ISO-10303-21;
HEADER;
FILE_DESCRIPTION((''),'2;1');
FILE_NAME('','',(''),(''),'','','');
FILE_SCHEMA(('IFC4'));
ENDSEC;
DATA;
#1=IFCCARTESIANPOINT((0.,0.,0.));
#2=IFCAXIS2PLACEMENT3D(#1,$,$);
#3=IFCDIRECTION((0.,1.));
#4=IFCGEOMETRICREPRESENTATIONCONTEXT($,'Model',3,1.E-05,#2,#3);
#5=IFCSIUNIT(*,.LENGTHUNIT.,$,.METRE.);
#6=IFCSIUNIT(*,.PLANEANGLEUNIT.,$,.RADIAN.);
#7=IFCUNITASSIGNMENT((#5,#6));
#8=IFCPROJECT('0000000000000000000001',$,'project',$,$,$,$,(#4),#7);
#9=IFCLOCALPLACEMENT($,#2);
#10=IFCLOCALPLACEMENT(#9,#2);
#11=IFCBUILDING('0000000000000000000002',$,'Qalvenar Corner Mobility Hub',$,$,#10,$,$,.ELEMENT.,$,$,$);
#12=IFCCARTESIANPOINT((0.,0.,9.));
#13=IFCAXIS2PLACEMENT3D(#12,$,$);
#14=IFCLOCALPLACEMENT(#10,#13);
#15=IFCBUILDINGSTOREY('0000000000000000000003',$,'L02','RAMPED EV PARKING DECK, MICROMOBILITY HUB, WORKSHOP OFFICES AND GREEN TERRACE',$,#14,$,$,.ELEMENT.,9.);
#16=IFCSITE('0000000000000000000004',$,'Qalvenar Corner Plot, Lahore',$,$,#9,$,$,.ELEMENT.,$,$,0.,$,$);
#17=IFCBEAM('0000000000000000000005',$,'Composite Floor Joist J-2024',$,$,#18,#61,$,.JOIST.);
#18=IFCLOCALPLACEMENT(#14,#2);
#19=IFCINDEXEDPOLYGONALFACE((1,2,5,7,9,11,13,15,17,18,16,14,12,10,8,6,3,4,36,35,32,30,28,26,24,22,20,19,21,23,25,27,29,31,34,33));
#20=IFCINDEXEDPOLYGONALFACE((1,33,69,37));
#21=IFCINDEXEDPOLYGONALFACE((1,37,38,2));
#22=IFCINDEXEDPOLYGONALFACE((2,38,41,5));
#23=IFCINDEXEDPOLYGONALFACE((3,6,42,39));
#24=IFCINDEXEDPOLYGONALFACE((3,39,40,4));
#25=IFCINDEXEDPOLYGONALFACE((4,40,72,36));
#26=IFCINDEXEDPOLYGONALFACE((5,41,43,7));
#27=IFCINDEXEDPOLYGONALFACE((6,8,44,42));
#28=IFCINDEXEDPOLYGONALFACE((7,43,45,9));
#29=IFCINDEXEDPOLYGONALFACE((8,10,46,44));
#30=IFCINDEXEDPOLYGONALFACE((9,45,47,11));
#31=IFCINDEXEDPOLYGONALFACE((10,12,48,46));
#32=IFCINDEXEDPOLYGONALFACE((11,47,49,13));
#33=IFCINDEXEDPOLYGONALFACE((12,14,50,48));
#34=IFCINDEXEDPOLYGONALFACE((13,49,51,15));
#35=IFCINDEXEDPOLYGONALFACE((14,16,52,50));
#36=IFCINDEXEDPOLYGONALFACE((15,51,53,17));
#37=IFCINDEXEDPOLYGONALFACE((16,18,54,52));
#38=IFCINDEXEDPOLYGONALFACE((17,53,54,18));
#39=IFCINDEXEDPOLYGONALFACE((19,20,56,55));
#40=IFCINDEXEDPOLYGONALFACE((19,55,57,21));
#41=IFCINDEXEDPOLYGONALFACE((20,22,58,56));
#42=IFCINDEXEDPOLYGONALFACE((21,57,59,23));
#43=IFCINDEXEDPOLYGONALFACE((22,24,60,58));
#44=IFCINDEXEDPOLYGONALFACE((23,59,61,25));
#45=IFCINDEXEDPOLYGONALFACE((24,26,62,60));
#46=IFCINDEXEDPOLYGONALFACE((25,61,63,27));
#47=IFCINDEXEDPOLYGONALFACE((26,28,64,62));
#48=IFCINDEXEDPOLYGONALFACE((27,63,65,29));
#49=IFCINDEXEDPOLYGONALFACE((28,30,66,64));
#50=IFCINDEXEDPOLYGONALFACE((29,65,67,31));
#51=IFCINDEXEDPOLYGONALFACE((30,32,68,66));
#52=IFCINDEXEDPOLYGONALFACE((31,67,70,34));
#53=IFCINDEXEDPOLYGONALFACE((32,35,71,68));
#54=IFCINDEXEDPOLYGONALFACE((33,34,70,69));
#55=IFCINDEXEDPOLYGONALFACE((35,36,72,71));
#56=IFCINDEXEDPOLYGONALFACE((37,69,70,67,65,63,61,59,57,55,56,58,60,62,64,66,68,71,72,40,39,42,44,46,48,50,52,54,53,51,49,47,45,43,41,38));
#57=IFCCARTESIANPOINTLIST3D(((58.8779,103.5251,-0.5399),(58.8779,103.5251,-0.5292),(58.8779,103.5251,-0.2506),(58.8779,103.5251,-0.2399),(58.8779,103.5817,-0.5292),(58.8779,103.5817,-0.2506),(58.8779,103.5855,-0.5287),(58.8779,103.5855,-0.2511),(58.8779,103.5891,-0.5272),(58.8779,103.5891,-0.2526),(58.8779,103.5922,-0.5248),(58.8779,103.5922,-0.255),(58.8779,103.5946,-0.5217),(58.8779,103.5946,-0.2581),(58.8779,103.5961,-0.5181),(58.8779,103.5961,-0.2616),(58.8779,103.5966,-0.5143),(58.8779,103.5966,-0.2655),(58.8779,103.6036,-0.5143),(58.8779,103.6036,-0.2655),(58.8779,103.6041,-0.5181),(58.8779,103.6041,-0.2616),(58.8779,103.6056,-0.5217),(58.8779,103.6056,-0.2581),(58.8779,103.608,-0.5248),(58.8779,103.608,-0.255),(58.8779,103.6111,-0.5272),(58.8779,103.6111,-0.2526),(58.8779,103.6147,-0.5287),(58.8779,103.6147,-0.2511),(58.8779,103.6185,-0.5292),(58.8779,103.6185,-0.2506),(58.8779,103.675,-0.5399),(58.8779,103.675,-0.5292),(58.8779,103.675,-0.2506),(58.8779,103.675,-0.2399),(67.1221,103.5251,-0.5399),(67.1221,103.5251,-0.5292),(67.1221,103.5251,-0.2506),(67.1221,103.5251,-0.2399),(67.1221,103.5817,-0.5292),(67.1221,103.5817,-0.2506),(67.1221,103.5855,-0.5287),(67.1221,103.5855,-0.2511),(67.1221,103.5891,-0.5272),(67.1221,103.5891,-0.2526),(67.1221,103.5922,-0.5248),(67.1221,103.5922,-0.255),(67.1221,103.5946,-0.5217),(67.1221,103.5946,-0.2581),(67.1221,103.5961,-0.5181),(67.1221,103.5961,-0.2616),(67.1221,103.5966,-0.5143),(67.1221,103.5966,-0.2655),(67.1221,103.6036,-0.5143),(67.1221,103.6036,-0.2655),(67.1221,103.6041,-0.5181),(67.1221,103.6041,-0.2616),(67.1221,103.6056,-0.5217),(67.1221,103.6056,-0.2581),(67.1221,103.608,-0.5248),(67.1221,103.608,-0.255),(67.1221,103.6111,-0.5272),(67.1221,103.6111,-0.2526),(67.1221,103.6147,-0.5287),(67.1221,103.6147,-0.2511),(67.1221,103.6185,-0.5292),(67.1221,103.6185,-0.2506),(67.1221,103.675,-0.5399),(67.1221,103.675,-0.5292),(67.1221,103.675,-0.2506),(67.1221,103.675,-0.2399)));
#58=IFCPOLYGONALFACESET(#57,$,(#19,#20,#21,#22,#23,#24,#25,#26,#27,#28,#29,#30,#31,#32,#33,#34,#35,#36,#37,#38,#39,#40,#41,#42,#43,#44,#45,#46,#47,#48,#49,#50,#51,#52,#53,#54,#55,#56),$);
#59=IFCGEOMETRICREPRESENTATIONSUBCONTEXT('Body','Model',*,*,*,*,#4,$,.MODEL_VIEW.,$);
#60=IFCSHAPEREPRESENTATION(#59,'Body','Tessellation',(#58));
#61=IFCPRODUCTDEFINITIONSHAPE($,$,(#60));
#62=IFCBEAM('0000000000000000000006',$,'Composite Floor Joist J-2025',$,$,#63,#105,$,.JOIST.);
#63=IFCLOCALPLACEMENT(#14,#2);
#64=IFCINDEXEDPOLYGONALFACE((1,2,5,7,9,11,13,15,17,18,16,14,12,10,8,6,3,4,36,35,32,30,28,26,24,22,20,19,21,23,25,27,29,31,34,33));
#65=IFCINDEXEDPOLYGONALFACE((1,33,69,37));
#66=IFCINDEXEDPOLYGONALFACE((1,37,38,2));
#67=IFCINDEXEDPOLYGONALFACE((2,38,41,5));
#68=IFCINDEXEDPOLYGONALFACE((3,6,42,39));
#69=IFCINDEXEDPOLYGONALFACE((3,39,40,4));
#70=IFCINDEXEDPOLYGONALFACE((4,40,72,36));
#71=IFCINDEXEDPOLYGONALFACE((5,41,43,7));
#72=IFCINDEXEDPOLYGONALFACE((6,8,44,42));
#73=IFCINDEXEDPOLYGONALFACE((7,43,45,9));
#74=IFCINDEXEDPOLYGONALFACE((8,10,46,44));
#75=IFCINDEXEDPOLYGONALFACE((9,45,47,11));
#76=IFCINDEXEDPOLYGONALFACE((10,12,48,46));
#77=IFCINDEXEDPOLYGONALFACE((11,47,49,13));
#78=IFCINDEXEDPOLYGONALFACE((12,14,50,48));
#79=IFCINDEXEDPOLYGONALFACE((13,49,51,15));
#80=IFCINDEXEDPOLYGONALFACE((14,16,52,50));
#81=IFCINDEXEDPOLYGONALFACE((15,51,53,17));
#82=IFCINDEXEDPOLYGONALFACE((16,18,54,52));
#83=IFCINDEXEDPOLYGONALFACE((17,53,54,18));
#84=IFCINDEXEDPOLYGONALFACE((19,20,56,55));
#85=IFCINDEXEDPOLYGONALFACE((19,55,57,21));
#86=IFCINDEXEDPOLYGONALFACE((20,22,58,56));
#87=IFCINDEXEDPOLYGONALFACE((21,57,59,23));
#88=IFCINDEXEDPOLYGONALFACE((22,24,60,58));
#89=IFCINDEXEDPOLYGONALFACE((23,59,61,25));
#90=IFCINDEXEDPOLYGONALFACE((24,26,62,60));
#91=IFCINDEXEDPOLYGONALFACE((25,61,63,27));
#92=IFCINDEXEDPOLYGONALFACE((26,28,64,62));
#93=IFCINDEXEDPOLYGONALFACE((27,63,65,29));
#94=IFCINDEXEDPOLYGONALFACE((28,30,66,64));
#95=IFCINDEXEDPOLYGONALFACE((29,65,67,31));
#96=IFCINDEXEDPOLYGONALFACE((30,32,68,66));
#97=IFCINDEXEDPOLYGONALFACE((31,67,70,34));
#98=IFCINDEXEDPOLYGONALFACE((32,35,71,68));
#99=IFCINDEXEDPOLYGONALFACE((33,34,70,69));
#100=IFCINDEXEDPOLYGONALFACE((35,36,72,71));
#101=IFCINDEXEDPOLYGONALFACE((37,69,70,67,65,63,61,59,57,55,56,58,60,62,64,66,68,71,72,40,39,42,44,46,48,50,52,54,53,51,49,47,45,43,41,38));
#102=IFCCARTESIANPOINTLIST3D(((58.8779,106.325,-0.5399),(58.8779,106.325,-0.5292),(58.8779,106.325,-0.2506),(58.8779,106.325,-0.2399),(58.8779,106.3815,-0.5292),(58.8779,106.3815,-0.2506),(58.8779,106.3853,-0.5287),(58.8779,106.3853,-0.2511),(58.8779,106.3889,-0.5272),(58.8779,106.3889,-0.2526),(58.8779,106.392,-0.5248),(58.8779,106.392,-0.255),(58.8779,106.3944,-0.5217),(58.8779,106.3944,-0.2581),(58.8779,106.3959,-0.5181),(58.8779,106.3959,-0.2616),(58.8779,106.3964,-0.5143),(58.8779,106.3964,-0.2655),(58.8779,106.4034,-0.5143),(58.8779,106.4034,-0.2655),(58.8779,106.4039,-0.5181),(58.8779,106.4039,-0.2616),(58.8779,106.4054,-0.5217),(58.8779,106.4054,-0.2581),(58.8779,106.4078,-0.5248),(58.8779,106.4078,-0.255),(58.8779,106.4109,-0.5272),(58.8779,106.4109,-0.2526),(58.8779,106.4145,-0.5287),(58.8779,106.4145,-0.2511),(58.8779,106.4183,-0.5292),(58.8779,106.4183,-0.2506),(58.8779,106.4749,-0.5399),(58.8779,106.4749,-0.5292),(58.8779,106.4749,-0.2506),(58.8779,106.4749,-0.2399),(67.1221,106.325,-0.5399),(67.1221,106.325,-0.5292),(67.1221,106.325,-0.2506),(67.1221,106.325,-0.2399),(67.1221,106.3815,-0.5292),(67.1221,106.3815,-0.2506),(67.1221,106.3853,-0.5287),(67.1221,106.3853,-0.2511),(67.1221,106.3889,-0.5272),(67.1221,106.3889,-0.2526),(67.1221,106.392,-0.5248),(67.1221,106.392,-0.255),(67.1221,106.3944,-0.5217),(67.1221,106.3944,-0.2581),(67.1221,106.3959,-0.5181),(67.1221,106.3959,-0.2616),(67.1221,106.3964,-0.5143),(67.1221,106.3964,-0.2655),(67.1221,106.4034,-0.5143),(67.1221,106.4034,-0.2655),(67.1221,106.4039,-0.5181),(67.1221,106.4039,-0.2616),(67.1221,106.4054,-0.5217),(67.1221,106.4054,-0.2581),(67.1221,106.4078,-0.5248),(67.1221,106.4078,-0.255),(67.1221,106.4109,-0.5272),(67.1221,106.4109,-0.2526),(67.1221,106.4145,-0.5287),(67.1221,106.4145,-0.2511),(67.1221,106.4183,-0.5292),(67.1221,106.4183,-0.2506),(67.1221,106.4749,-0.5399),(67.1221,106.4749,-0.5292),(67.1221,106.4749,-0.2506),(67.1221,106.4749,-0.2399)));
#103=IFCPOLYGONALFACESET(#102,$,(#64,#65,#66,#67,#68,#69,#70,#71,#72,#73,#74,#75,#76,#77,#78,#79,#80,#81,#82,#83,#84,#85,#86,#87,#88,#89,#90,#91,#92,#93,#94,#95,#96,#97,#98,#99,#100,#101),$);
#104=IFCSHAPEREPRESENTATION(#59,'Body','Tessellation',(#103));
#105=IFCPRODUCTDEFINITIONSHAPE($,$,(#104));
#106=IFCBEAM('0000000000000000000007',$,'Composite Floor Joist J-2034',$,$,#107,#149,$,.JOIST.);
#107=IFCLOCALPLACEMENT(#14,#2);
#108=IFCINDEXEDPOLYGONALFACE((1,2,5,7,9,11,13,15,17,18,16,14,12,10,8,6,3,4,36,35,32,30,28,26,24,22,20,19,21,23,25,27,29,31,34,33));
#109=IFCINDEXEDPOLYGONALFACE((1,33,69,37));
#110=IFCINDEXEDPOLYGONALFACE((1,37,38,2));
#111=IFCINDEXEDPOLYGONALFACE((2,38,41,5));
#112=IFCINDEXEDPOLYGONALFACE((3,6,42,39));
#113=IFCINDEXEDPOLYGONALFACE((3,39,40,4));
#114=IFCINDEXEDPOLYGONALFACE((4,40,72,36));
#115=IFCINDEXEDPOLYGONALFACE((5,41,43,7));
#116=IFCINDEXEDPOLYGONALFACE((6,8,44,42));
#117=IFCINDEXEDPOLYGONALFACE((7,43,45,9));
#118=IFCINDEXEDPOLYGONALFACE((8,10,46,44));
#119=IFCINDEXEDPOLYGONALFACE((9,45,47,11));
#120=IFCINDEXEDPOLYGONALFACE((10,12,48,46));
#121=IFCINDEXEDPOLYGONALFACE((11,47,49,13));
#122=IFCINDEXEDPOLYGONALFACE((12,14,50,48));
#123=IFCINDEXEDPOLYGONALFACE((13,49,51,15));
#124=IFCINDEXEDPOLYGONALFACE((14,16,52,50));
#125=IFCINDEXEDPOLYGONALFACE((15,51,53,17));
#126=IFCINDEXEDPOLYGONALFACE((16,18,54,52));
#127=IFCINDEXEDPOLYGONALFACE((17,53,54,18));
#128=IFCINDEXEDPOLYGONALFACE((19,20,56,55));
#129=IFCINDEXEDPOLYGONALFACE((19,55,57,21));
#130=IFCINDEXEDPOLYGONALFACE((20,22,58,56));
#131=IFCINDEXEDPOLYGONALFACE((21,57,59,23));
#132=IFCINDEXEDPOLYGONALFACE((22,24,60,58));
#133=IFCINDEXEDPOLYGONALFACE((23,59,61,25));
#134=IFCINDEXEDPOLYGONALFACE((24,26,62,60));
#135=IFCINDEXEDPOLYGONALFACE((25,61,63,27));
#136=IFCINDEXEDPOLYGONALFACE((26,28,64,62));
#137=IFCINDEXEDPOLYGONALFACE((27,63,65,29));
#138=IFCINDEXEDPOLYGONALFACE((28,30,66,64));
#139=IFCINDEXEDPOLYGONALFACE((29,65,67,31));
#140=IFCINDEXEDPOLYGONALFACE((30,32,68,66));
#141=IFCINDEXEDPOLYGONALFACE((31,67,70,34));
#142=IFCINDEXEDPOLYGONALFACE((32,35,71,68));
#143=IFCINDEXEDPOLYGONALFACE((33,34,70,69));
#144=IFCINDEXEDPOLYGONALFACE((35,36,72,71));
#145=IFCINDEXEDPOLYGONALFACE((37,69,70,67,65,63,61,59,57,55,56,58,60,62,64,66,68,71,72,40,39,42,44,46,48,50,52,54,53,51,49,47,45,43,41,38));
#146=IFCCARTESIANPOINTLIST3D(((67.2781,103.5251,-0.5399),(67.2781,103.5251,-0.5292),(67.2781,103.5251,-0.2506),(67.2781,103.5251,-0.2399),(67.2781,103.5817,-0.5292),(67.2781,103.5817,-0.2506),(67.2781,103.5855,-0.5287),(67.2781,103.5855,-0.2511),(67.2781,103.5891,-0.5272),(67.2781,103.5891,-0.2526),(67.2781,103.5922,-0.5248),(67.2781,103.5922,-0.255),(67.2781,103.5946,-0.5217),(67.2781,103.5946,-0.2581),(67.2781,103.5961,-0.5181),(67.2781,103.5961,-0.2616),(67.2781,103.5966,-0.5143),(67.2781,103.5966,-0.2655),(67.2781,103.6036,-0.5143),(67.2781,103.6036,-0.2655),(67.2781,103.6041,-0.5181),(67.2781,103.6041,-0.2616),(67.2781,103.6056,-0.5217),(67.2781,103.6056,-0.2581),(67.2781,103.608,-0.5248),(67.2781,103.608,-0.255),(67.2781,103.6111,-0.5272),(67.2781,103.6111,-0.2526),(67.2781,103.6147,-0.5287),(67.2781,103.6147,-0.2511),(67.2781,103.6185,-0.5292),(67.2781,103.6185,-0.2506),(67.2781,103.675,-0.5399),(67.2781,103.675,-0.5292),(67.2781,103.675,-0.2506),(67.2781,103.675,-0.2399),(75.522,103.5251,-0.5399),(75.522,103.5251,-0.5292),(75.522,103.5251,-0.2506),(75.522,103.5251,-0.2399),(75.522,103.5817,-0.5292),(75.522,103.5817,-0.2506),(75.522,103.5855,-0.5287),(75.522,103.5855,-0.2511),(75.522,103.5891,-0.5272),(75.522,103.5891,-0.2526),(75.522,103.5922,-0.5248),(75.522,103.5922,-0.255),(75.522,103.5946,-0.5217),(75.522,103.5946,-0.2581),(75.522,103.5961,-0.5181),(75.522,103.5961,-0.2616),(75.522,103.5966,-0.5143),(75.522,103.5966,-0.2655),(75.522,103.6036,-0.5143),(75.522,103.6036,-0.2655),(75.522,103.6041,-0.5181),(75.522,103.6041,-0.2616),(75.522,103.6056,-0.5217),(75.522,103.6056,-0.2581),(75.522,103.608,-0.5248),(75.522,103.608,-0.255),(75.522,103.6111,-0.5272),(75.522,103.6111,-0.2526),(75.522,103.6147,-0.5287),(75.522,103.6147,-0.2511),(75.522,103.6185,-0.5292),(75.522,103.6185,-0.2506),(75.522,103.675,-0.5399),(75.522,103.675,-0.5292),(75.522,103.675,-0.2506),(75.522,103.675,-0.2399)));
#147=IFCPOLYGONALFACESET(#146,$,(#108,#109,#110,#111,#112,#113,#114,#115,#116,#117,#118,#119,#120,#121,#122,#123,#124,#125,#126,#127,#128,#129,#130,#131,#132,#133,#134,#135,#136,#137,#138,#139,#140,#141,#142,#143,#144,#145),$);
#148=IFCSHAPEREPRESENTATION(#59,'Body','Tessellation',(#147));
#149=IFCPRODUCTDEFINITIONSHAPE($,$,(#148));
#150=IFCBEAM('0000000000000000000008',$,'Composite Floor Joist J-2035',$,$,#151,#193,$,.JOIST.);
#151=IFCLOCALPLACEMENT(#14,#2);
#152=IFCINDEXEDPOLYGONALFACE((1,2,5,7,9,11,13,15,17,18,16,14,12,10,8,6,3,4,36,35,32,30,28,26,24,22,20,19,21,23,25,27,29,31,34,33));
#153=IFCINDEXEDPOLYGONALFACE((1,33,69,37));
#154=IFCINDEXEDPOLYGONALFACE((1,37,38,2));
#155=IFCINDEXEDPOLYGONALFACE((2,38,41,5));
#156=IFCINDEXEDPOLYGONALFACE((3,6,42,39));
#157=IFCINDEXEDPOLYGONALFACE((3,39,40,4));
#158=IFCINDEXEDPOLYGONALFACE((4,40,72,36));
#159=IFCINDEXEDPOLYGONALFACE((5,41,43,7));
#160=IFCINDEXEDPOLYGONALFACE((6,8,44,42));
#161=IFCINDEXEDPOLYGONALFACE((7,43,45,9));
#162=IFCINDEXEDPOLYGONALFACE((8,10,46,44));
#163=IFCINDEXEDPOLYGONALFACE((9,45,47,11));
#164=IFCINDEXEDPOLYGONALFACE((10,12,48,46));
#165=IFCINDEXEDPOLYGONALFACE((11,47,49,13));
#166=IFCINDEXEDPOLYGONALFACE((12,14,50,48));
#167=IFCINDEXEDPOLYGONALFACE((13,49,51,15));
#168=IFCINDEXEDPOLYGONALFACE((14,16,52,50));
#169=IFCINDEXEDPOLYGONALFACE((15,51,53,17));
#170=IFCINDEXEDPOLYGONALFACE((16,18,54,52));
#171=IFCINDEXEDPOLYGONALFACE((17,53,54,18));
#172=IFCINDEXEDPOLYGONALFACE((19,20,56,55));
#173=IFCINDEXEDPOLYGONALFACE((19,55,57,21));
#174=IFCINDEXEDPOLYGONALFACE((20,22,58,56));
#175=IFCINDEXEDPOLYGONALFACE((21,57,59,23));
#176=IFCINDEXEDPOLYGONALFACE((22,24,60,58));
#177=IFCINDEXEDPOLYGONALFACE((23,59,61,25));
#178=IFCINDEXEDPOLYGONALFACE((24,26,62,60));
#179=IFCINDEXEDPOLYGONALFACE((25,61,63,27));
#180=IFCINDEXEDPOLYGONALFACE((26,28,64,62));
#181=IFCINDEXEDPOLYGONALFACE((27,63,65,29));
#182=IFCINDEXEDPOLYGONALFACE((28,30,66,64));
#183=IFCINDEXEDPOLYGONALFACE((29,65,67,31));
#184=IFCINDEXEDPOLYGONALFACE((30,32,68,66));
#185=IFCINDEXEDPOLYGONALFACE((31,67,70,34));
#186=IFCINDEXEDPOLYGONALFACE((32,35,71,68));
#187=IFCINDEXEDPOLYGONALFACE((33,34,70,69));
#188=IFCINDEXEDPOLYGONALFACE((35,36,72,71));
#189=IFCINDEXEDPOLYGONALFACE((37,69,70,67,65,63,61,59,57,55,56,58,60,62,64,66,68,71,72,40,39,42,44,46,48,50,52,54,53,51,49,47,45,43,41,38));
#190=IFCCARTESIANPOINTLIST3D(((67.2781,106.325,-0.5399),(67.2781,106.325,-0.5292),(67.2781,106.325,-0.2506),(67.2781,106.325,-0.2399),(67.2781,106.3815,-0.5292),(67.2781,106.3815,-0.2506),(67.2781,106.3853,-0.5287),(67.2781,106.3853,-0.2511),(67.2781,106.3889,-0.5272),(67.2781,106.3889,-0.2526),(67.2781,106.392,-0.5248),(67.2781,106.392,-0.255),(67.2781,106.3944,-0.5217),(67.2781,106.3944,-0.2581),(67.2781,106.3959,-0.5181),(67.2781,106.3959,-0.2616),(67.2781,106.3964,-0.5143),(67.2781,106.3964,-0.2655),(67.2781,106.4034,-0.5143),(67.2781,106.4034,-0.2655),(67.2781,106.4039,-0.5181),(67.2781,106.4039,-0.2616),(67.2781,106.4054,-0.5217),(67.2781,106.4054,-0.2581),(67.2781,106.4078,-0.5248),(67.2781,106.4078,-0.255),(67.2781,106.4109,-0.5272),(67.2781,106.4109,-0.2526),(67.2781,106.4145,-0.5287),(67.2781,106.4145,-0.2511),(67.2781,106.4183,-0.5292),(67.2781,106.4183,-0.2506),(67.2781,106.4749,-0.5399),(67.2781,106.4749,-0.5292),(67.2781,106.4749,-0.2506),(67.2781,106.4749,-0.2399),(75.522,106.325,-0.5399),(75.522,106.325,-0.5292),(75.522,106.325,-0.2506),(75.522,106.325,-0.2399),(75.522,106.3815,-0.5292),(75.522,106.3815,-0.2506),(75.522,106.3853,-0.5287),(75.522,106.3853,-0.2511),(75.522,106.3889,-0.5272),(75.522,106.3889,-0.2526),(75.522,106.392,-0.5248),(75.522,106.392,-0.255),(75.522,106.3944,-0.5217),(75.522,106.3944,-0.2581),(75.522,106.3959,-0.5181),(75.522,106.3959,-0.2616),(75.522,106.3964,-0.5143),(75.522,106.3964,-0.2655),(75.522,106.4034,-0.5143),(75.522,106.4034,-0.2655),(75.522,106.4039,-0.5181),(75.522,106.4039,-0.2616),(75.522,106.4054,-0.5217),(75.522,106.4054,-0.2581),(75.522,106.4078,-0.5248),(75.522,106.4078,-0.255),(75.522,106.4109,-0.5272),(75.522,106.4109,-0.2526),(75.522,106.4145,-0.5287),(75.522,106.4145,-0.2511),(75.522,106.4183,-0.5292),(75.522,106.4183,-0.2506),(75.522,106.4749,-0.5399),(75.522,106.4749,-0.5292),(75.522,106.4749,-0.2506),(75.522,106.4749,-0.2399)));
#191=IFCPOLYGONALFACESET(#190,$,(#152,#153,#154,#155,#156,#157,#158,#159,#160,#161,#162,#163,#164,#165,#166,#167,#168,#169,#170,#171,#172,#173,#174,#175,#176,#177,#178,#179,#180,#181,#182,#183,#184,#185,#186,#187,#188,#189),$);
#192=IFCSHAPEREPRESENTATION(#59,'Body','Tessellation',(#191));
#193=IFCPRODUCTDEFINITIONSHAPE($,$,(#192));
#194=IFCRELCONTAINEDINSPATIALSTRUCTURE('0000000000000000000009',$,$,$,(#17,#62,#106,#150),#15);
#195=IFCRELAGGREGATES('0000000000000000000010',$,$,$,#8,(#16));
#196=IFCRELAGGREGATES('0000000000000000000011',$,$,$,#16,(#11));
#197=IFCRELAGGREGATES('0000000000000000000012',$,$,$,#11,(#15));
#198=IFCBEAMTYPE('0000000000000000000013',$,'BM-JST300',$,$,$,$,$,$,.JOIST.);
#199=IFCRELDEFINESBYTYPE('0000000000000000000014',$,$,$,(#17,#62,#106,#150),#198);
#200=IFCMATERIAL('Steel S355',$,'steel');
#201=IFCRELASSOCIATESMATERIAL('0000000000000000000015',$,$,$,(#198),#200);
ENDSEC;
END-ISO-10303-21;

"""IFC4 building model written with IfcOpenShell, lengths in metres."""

from ifc_helpers import new_model, si_unit, direction, frame, origin, origin_2d, place, context, subcontext, project, spatial, i_section, extrude, material, material_profile, profile_set, type_object, element, save


model = new_model("IFC4")

# Units and contexts
model_context = context("Model", 3, precision=1e-05, world=origin(), true_north=direction((0.0, 1.0)))
body_context = subcontext(model_context, "Body", "Model", "MODEL_VIEW")
ifc_project = project(units=[si_unit("LENGTHUNIT", "METRE"), si_unit("PLANEANGLEUNIT", "RADIAN")], contexts=[model_context])

# Site, building, storey
site_placement = place(None, origin())
site = spatial("IfcSite", under=ifc_project, at=site_placement, Name="Qalvenar Corner Plot, Lahore", CompositionType="ELEMENT", RefElevation=0.0)
building_placement = place(site_placement, origin())
building = spatial("IfcBuilding", under=site, at=building_placement, Name="Qalvenar Corner Mobility Hub", CompositionType="ELEMENT")
storey_placement = place(building_placement, frame((0.0, 0.0, 9.0)))
storey = spatial("IfcBuildingStorey", under=building, at=storey_placement, Name="L02", Description="RAMPED EV PARKING DECK, MICROMOBILITY HUB, WORKSHOP OFFICES AND GREEN TERRACE", CompositionType="ELEMENT", Elevation=9.0)

# Shared definitions
ifc_material = material(Name="Steel S355", Category="steel")

# Beams
ifc_material_profile_1 = material_profile(ifc_material, i_section(OverallWidth=0.1499, OverallDepth=0.3, WebThickness=0.0071, FlangeThickness=0.0107, FilletRadius=0.0149, at=origin_2d()), Name="IPE300")
ifc_profile_set_1 = profile_set([ifc_material_profile_1], Name="Steel S355")
beam_type_1 = type_object("IfcBeamType", Name="BM-JST300", PredefinedType="JOIST", material=ifc_profile_set_1)
for number, where, z_axis, x_axis, name in (
    (1, (58.8779, 103.6001, -0.3899), (1.0, 0.0, 0.0), (0.0, 1.0, 0.0), "Composite Floor Joist J-2024"),
    (2, (58.8779, 106.3999, -0.3899), (1.0, 0.0, 0.0), (0.0, 1.0, 0.0), "Composite Floor Joist J-2025"),
):
    element("IfcBeam", number, at=place(storey_placement, frame(where, z_axis=z_axis, x_axis=x_axis)), inside=storey, type_object=beam_type_1, Name=name, PredefinedType="JOIST", context=body_context, shape_type="SweptSolid", body=[
        extrude(i_section(OverallWidth=0.1499, OverallDepth=0.3, WebThickness=0.0071, FlangeThickness=0.0107, FilletRadius=0.0149, at=origin_2d()), origin(), (0.0, 0.0, 1.0), 8.2441),
    ])
for number, where, z_axis, x_axis, name in (
    (3, (67.2781, 103.6001, -0.3899), (1.0, 0.0, 0.0), (0.0, 1.0, 0.0), "Composite Floor Joist J-2034"),
    (4, (67.2781, 106.3999, -0.3899), (1.0, 0.0, 0.0), (0.0, 1.0, 0.0), "Composite Floor Joist J-2035"),
):
    element("IfcBeam", number, at=place(storey_placement, frame(where, z_axis=z_axis, x_axis=x_axis)), inside=storey, type_object=beam_type_1, Name=name, PredefinedType="JOIST", context=body_context, shape_type="SweptSolid", body=[
        extrude(i_section(OverallWidth=0.1499, OverallDepth=0.3, WebThickness=0.0071, FlangeThickness=0.0107, FilletRadius=0.0149, at=origin_2d()), origin(), (0.0, 0.0, 1.0), 8.2439),
    ])

save(model, "model.ifc")
